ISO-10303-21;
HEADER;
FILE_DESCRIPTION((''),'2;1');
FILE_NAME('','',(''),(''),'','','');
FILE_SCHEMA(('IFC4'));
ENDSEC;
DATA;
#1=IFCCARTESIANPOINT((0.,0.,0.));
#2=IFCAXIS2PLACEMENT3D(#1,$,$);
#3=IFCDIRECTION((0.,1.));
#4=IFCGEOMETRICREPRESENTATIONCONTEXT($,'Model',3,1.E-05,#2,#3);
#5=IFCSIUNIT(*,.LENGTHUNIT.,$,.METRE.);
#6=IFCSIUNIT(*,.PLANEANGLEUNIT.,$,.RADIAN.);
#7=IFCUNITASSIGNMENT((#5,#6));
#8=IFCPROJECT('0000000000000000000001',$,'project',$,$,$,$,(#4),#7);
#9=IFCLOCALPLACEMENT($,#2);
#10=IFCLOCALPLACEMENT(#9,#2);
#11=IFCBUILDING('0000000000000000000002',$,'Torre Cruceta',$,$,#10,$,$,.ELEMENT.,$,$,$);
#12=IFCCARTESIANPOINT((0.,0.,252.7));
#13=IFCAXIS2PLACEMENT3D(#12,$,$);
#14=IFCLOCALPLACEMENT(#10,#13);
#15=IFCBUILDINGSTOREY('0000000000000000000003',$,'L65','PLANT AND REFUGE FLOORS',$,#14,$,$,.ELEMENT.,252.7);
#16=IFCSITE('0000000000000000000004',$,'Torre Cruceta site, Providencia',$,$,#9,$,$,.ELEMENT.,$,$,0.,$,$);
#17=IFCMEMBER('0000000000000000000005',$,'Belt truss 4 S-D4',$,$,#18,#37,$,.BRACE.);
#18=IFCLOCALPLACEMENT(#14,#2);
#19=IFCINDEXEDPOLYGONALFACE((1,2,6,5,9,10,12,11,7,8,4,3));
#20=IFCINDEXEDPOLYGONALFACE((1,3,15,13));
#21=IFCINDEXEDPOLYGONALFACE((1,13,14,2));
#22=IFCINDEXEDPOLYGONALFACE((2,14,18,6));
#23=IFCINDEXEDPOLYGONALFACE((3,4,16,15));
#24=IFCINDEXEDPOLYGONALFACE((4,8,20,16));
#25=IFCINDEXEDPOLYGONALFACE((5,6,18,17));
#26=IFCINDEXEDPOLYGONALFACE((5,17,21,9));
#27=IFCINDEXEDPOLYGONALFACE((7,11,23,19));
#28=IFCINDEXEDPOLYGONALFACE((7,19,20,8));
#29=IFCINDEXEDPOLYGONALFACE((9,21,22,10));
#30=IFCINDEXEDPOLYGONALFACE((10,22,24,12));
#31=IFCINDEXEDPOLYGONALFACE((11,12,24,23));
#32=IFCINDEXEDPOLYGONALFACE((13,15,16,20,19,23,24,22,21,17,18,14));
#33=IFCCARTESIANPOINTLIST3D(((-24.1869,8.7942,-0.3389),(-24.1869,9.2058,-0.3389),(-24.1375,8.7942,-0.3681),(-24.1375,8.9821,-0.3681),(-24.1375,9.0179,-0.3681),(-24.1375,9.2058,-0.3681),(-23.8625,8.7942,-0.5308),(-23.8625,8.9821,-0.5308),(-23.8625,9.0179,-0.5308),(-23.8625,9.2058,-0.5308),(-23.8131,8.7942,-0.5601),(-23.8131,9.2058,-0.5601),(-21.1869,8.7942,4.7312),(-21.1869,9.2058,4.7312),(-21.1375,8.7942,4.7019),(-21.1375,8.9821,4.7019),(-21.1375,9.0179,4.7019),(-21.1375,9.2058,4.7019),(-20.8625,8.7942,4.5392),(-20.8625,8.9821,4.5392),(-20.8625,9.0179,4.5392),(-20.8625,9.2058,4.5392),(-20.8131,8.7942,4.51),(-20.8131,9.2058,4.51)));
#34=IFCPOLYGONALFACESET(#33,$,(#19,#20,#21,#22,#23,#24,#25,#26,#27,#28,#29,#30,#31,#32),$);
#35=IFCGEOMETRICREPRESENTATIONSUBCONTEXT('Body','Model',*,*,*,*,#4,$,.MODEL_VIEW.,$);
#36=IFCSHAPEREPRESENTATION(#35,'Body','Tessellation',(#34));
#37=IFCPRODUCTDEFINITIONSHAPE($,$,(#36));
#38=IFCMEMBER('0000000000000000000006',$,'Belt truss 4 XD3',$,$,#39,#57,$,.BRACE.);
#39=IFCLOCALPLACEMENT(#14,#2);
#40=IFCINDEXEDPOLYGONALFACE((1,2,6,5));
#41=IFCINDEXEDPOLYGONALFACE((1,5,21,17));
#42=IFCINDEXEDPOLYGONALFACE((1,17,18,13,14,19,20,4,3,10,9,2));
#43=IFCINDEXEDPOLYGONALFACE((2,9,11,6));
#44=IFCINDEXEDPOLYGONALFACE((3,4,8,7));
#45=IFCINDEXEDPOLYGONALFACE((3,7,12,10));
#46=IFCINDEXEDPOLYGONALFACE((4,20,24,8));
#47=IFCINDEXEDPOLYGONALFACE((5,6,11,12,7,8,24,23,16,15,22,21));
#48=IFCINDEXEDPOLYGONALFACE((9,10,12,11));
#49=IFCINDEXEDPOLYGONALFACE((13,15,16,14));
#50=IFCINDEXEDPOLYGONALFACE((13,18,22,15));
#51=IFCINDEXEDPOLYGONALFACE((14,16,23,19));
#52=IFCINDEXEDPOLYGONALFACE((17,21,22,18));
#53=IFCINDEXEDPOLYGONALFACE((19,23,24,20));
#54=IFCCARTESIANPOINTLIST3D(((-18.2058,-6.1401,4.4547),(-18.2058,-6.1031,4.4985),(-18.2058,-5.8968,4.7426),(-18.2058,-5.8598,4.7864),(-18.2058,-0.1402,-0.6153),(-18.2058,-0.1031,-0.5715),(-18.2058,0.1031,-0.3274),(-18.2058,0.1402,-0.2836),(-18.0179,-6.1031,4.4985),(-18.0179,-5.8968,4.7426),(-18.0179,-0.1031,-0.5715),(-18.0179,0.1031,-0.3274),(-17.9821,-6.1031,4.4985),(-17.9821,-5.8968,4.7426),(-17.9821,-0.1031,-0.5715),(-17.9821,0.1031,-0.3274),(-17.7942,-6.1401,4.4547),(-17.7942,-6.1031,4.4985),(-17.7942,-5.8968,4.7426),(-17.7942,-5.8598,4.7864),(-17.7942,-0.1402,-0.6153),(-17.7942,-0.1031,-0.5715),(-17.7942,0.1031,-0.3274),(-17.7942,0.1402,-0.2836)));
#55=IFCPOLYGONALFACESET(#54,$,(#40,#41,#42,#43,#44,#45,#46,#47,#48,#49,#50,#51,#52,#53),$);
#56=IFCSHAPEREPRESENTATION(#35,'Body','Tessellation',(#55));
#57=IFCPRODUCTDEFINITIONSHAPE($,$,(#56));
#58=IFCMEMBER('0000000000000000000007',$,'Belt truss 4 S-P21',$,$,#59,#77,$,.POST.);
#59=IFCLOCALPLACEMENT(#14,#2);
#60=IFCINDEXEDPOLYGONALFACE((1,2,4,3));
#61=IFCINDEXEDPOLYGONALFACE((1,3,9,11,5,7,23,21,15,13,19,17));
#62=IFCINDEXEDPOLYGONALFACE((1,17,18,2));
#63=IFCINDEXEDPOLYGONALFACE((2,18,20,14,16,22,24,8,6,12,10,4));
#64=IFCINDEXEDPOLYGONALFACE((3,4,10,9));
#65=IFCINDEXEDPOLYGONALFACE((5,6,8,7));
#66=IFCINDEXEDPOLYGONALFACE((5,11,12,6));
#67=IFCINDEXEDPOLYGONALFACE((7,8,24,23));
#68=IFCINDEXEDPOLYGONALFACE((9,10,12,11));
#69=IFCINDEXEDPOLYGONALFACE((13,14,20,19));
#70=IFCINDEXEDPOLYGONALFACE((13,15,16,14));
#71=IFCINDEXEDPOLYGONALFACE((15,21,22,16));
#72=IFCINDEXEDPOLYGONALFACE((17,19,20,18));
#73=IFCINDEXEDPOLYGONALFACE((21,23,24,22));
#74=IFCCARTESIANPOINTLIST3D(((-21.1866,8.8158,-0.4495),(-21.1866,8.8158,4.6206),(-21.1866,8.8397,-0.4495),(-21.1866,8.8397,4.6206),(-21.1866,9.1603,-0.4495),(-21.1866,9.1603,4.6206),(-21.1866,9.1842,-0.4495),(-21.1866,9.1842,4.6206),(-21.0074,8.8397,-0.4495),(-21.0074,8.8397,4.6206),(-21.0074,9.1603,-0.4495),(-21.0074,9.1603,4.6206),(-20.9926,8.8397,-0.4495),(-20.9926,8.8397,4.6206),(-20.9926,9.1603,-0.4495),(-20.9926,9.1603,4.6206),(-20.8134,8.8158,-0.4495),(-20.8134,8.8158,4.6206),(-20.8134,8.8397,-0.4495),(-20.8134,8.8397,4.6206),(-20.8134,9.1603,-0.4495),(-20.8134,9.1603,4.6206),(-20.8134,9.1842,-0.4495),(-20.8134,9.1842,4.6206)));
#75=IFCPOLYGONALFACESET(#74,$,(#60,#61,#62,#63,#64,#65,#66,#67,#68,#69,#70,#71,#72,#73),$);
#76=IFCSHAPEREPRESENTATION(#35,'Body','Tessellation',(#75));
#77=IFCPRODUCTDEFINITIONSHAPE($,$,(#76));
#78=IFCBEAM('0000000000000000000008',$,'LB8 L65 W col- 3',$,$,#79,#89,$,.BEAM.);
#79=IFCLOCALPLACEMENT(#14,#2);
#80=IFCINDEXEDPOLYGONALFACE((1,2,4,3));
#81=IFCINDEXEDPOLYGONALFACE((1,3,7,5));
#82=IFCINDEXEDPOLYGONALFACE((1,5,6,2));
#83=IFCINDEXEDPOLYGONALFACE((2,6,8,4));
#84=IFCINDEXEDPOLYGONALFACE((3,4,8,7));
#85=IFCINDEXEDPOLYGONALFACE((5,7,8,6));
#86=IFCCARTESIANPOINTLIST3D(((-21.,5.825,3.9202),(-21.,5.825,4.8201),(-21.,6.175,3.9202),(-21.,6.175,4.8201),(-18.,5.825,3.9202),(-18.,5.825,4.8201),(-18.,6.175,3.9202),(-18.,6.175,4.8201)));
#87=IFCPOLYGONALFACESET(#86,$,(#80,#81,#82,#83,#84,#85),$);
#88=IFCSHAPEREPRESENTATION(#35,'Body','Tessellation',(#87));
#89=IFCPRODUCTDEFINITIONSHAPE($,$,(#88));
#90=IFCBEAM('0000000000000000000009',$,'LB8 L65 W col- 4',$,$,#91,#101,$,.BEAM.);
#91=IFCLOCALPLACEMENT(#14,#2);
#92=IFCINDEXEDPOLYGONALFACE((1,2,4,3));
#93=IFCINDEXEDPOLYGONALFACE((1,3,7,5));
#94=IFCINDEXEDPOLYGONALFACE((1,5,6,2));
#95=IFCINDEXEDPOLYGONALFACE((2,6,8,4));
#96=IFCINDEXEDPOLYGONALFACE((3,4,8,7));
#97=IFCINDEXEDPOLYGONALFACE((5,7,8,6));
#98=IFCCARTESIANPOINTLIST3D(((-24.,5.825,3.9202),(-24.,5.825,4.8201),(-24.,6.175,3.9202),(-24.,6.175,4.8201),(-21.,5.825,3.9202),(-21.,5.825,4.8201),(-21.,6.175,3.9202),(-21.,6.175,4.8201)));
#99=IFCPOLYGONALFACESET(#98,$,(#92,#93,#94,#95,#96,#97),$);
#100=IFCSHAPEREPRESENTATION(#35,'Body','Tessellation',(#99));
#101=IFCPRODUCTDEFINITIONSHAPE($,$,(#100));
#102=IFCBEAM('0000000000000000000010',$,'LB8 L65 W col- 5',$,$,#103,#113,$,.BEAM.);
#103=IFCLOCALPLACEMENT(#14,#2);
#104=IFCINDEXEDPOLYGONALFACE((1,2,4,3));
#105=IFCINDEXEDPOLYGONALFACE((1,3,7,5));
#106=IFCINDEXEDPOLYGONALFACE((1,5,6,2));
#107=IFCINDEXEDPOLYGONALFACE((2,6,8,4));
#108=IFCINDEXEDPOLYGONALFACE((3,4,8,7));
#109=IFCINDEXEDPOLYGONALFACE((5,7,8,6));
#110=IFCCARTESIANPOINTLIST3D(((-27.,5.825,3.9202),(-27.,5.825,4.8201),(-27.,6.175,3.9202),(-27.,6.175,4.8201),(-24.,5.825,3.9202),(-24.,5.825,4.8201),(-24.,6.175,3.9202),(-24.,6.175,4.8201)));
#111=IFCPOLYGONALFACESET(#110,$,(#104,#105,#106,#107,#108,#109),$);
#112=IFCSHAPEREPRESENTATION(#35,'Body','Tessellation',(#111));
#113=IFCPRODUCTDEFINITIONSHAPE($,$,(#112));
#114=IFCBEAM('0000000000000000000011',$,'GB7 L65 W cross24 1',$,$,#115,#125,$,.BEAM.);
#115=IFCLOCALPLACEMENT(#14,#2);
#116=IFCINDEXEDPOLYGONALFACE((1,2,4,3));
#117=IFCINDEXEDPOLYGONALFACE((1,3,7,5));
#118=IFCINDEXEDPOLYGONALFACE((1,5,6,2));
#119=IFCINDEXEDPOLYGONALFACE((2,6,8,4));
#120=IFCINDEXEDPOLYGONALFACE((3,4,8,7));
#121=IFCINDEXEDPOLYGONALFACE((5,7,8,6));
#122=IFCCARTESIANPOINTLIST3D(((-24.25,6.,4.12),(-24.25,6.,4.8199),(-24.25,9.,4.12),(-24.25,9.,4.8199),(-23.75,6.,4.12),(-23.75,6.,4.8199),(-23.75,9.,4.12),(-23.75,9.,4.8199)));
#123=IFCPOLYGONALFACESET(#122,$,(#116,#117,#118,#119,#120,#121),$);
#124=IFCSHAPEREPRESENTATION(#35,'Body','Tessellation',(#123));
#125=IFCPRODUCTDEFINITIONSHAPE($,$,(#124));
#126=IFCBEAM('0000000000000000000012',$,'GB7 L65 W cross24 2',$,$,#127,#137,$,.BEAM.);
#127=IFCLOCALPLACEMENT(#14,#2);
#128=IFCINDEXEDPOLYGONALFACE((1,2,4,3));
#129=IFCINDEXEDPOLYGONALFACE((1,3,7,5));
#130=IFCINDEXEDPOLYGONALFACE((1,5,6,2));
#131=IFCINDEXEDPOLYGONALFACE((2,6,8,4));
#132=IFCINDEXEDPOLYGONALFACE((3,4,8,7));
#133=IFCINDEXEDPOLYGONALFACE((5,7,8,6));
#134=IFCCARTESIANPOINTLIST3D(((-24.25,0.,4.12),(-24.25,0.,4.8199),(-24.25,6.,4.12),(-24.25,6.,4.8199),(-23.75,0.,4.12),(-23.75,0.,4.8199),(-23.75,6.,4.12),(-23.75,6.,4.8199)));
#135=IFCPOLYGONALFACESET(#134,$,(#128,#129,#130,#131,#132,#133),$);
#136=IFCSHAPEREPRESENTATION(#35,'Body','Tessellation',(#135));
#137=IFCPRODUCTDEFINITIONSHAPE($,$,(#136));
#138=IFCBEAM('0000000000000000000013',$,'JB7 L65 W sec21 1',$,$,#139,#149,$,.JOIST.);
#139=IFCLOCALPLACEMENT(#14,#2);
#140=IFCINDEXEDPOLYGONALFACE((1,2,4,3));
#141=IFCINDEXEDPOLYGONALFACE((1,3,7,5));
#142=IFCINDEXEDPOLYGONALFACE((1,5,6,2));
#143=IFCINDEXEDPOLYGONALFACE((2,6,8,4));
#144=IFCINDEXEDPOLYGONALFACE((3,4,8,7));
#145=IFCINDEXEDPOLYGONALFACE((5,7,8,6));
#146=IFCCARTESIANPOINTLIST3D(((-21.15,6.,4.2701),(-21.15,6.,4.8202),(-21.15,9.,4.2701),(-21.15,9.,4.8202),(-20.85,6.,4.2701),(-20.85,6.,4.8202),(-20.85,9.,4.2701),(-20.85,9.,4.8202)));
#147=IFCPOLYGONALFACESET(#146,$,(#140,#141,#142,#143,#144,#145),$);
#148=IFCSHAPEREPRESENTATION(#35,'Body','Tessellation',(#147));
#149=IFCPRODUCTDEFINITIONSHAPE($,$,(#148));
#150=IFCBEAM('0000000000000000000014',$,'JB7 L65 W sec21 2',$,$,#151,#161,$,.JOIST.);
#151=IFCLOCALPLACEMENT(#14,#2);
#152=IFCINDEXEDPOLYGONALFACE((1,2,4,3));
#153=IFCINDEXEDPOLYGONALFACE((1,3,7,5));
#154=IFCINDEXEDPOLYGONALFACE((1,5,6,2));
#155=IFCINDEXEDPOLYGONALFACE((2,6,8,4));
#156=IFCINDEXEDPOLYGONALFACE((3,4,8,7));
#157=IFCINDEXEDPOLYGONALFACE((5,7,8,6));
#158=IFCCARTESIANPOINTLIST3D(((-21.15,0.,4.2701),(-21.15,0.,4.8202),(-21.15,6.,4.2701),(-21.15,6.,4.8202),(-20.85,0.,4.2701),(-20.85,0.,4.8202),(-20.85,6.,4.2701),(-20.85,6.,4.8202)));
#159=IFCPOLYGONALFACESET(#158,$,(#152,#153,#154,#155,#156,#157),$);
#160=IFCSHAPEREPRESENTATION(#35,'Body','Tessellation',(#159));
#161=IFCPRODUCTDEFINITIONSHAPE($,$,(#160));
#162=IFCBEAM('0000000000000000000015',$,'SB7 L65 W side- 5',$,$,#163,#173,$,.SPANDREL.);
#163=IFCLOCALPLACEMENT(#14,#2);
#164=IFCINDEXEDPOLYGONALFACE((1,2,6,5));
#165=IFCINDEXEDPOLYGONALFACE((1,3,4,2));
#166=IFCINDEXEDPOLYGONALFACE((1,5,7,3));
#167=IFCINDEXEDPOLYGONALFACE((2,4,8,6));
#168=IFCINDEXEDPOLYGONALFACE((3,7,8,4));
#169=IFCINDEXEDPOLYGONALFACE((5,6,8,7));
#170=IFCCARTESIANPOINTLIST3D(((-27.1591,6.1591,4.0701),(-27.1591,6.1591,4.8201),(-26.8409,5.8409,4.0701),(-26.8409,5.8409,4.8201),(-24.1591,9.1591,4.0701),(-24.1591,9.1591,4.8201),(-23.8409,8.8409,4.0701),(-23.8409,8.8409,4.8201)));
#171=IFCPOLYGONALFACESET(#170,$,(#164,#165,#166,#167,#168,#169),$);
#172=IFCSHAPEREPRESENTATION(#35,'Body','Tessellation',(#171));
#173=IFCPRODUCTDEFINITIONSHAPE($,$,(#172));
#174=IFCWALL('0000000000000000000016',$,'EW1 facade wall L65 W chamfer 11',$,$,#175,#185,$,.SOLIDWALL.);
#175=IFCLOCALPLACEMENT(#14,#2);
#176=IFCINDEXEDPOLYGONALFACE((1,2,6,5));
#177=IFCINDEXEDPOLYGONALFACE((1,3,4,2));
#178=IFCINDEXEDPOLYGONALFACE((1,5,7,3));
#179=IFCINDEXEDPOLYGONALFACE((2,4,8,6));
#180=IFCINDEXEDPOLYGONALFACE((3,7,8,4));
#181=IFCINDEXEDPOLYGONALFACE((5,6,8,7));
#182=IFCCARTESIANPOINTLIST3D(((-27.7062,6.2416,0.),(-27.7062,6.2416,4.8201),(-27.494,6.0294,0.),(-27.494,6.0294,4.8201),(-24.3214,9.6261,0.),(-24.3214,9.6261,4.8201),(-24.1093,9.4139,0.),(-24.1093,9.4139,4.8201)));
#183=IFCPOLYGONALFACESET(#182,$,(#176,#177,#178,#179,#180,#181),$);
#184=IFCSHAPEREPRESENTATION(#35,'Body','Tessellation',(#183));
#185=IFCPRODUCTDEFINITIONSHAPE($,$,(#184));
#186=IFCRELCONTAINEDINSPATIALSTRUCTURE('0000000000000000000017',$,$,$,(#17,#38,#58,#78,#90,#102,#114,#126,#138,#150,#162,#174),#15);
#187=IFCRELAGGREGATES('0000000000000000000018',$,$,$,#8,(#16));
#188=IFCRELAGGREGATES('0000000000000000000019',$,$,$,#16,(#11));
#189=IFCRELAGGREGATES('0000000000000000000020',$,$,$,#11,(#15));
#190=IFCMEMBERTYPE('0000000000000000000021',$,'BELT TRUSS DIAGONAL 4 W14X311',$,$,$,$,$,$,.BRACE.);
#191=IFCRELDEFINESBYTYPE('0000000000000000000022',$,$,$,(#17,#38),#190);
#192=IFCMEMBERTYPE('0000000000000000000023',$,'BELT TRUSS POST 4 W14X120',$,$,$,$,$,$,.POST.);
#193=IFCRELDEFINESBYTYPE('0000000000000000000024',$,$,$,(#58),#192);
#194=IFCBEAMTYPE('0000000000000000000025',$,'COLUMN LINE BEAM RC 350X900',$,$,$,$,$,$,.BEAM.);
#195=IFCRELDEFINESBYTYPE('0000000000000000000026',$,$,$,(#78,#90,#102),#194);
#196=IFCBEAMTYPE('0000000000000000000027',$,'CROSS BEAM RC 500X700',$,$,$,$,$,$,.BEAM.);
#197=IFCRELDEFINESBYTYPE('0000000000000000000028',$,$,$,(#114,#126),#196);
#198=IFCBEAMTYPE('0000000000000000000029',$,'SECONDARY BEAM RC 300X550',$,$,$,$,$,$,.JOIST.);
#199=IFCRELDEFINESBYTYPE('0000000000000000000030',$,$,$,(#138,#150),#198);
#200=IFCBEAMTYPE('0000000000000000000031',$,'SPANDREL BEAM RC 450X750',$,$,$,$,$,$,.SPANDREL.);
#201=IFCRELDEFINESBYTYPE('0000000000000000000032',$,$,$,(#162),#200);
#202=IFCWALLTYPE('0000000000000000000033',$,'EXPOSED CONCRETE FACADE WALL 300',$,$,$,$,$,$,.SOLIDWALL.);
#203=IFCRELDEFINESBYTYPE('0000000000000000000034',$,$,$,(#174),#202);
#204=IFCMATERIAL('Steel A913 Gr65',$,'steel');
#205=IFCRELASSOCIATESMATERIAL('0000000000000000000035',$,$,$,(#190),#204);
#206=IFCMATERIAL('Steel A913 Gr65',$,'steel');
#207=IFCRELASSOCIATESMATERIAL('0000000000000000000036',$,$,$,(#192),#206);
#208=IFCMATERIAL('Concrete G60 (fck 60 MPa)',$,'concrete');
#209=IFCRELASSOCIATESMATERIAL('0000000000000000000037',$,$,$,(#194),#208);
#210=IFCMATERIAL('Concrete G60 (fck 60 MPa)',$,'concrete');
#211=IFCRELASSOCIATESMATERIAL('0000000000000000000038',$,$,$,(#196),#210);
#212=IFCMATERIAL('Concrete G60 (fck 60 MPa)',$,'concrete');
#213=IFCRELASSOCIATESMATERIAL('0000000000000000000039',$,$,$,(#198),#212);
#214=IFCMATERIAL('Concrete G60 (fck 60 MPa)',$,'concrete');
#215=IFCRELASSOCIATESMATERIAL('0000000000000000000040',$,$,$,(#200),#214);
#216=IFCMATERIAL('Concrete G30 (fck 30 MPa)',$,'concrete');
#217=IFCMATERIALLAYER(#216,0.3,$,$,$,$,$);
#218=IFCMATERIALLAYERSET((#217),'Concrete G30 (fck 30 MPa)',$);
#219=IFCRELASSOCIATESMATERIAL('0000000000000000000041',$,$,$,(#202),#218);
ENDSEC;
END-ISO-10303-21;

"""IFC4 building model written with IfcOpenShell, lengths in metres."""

from ifc_helpers import new_model, si_unit, direction, frame, frame_2d, origin, origin_2d, place, context, subcontext, project, spatial, rectangle, i_section, extrude, material, layer, layer_set, material_profile, profile_set, type_object, element, save


model = new_model("IFC4")

# Units and contexts
model_context = context("Model", 3, precision=1e-05, world=origin(), true_north=direction((0.0, 1.0)))
body_context = subcontext(model_context, "Body", "Model", "MODEL_VIEW")
ifc_project = project(units=[si_unit("LENGTHUNIT", "METRE"), si_unit("PLANEANGLEUNIT", "RADIAN")], contexts=[model_context])

# Site, building, storey
site_placement = place(None, origin())
site = spatial("IfcSite", under=ifc_project, at=site_placement, Name="Torre Cruceta site, Providencia", CompositionType="ELEMENT", RefElevation=0.0)
building_placement = place(site_placement, origin())
building = spatial("IfcBuilding", under=site, at=building_placement, Name="Torre Cruceta", CompositionType="ELEMENT")
storey_placement = place(building_placement, frame((0.0, 0.0, 252.7)))
storey = spatial("IfcBuildingStorey", under=building, at=storey_placement, Name="L65", Description="PLANT AND REFUGE FLOORS", CompositionType="ELEMENT", Elevation=252.7)

# Members
ifc_material_1 = material(Name="Steel A913 Gr65", Category="steel")
ifc_material_profile_1 = material_profile(ifc_material_1, i_section(OverallWidth=0.4116, OverallDepth=0.4343, WebThickness=0.0359, FlangeThickness=0.0574, at=origin_2d()), Name="W14X311")
ifc_profile_set_1 = profile_set([ifc_material_profile_1], Name="Steel A913 Gr65")
member_type_1 = type_object("IfcMemberType", Name="BELT TRUSS DIAGONAL 4 W14X311", PredefinedType="BRACE", material=ifc_profile_set_1)
for number, where, z_axis, x_axis, name in (
    (1, (-24.0, 9.0, -0.4495), (0.509239, 0.0, 0.860625), (0.0, 1.0, 0.0), "Belt truss 4 S-D4"),
):
    element("IfcMember", number, at=place(storey_placement, frame(where, z_axis=z_axis, x_axis=x_axis)), inside=storey, type_object=member_type_1, Name=name, PredefinedType="BRACE", context=body_context, shape_type="SweptSolid", body=[
        extrude(i_section(OverallWidth=0.4116, OverallDepth=0.4343, WebThickness=0.0359, FlangeThickness=0.0574, at=origin_2d()), origin(), (0.0, 0.0, 1.0), 5.8911),
    ])
member_1_placement = place(storey_placement, frame((-18.0, 0.0, -0.4495), z_axis=(0.0, -0.763816, 0.645434), x_axis=(1.0, 0.0, 0.0)))
element("IfcMember", 2, at=member_1_placement, inside=storey, type_object=member_type_1, Name="Belt truss 4 XD3", PredefinedType="BRACE", context=body_context, shape_type="SweptSolid", body=[
    extrude(i_section(OverallWidth=0.4116, OverallDepth=0.4343, WebThickness=0.0359, FlangeThickness=0.0574, at=origin_2d()), origin(), (0.0, 0.0, 1.0), 7.8552),
])
ifc_material_2 = material(Name="Steel A913 Gr65", Category="steel")
ifc_material_profile_2 = material_profile(ifc_material_2, i_section(OverallWidth=0.3733, OverallDepth=0.3684, WebThickness=0.0149, FlangeThickness=0.0239, at=origin_2d()), Name="W14X120")
ifc_profile_set_2 = profile_set([ifc_material_profile_2], Name="Steel A913 Gr65")
member_type_2 = type_object("IfcMemberType", Name="BELT TRUSS POST 4 W14X120", PredefinedType="POST", material=ifc_profile_set_2)
member_2_placement = place(storey_placement, frame((-21.0, 9.0, -0.4495), z_axis=(0.0, 0.0, 1.0), x_axis=(1.0, 0.0, 0.0)))
element("IfcMember", 3, at=member_2_placement, inside=storey, type_object=member_type_2, Name="Belt truss 4 S-P21", PredefinedType="POST", context=body_context, shape_type="SweptSolid", body=[
    extrude(i_section(OverallWidth=0.3733, OverallDepth=0.3684, WebThickness=0.0149, FlangeThickness=0.0239, at=origin_2d()), origin(), (0.0, 0.0, 1.0), 5.0701),
])

# Beams
ifc_material_3 = material(Name="Concrete G60 (fck 60 MPa)", Category="concrete")
ifc_material_profile_3 = material_profile(ifc_material_3, rectangle(XDim=0.3501, YDim=0.8999, at=origin_2d()), Name="RC 350X900")
ifc_profile_set_3 = profile_set([ifc_material_profile_3], Name="Concrete G60 (fck 60 MPa)")
beam_type_1 = type_object("IfcBeamType", Name="COLUMN LINE BEAM RC 350X900", PredefinedType="BEAM", material=ifc_profile_set_3)
for number, where, z_axis, x_axis, name in (
    (4, (-18.0, 6.0, 4.3701), (-1.0, 0.0, 0.0), (0.0, -1.0, 0.0), "LB8 L65 W col- 3"),
    (5, (-21.0, 6.0, 4.3701), (-1.0, 0.0, 0.0), (0.0, -1.0, 0.0), "LB8 L65 W col- 4"),
    (6, (-24.0, 6.0, 4.3701), (-1.0, 0.0, 0.0), (0.0, -1.0, 0.0), "LB8 L65 W col- 5"),
):
    element("IfcBeam", number, at=place(storey_placement, frame(where, z_axis=z_axis, x_axis=x_axis)), inside=storey, type_object=beam_type_1, Name=name, PredefinedType="BEAM", context=body_context, shape_type="SweptSolid", body=[
        extrude(rectangle(XDim=0.3501, YDim=0.8999, at=origin_2d()), origin(), (0.0, 0.0, 1.0), 3.0),
    ])
ifc_material_4 = material(Name="Concrete G60 (fck 60 MPa)", Category="concrete")
ifc_material_profile_4 = material_profile(ifc_material_4, rectangle(XDim=0.5, YDim=0.7, at=origin_2d()), Name="RC 500X700")
ifc_profile_set_4 = profile_set([ifc_material_profile_4], Name="Concrete G60 (fck 60 MPa)")
beam_type_2 = type_object("IfcBeamType", Name="CROSS BEAM RC 500X700", PredefinedType="BEAM", material=ifc_profile_set_4)
beam_1_placement = place(storey_placement, frame((-24.0, 9.0, 4.47), z_axis=(0.0, -1.0, 0.0), x_axis=(1.0, 0.0, 0.0)))
element("IfcBeam", 7, at=beam_1_placement, inside=storey, type_object=beam_type_2, Name="GB7 L65 W cross24 1", PredefinedType="BEAM", context=body_context, shape_type="SweptSolid", body=[
    extrude(rectangle(XDim=0.5, YDim=0.7, at=origin_2d()), origin(), (0.0, 0.0, 1.0), 3.0),
])
beam_2_placement = place(storey_placement, frame((-24.0, 6.0, 4.47), z_axis=(0.0, -1.0, 0.0), x_axis=(1.0, 0.0, 0.0)))
element("IfcBeam", 8, at=beam_2_placement, inside=storey, type_object=beam_type_2, Name="GB7 L65 W cross24 2", PredefinedType="BEAM", context=body_context, shape_type="SweptSolid", body=[
    extrude(rectangle(XDim=0.5, YDim=0.7, at=origin_2d()), origin(), (0.0, 0.0, 1.0), 6.0),
])
ifc_material_5 = material(Name="Concrete G60 (fck 60 MPa)", Category="concrete")
ifc_material_profile_5 = material_profile(ifc_material_5, rectangle(XDim=0.3, YDim=0.55, at=origin_2d()), Name="RC 300X550")
ifc_profile_set_5 = profile_set([ifc_material_profile_5], Name="Concrete G60 (fck 60 MPa)")
beam_type_3 = type_object("IfcBeamType", Name="SECONDARY BEAM RC 300X550", PredefinedType="JOIST", material=ifc_profile_set_5)
beam_3_placement = place(storey_placement, frame((-21.0, 9.0, 4.5452), z_axis=(0.0, -1.0, 0.0), x_axis=(1.0, 0.0, 0.0)))
element("IfcBeam", 9, at=beam_3_placement, inside=storey, type_object=beam_type_3, Name="JB7 L65 W sec21 1", PredefinedType="JOIST", context=body_context, shape_type="SweptSolid", body=[
    extrude(rectangle(XDim=0.3, YDim=0.55, at=origin_2d()), origin(), (0.0, 0.0, 1.0), 3.0),
])
beam_4_placement = place(storey_placement, frame((-21.0, 6.0, 4.5452), z_axis=(0.0, -1.0, 0.0), x_axis=(1.0, 0.0, 0.0)))
element("IfcBeam", 10, at=beam_4_placement, inside=storey, type_object=beam_type_3, Name="JB7 L65 W sec21 2", PredefinedType="JOIST", context=body_context, shape_type="SweptSolid", body=[
    extrude(rectangle(XDim=0.3, YDim=0.55, at=origin_2d()), origin(), (0.0, 0.0, 1.0), 6.0),
])
ifc_material_6 = material(Name="Concrete G60 (fck 60 MPa)", Category="concrete")
ifc_material_profile_6 = material_profile(ifc_material_6, rectangle(XDim=0.45, YDim=0.75, at=origin_2d()), Name="RC 450X750")
ifc_profile_set_6 = profile_set([ifc_material_profile_6], Name="Concrete G60 (fck 60 MPa)")
beam_type_4 = type_object("IfcBeamType", Name="SPANDREL BEAM RC 450X750", PredefinedType="SPANDREL", material=ifc_profile_set_6)
beam_5_placement = place(storey_placement, frame((-24.0, 9.0, 4.4451), z_axis=(-0.707107, -0.707107, 0.0), x_axis=(0.707107, -0.707107, 0.0)))
element("IfcBeam", 11, at=beam_5_placement, inside=storey, type_object=beam_type_4, Name="SB7 L65 W side- 5", PredefinedType="SPANDREL", context=body_context, shape_type="SweptSolid", body=[
    extrude(rectangle(XDim=0.45, YDim=0.75, at=origin_2d()), origin(), (0.0, 0.0, 1.0), 4.2427),
])

# Wall
ifc_material_7 = material(Name="Concrete G30 (fck 30 MPa)", Category="concrete")
ifc_layer_1 = layer(ifc_material_7, 0.3)
ifc_layer_set_1 = layer_set([ifc_layer_1], Name="Concrete G30 (fck 30 MPa)")
wall_type_1 = type_object("IfcWallType", Name="EXPOSED CONCRETE FACADE WALL 300", PredefinedType="SOLIDWALL", material=ifc_layer_set_1)
wall_1_placement = place(storey_placement, frame((-24.2153, 9.52, 0.0), z_axis=(0.0, 0.0, 1.0), x_axis=(-0.707132, -0.707081, 0.0)))
element("IfcWall", 12, at=wall_1_placement, inside=storey, type_object=wall_type_1, Name="EW1 facade wall L65 W chamfer 11", PredefinedType="SOLIDWALL", context=body_context, shape_type="SweptSolid", body=[
    extrude(rectangle(XDim=4.7866, YDim=0.3, at=frame_2d((2.3933, 0.0))), origin(), (0.0, 0.0, 1.0), 4.8201),
])

save(model, "model.ifc")
